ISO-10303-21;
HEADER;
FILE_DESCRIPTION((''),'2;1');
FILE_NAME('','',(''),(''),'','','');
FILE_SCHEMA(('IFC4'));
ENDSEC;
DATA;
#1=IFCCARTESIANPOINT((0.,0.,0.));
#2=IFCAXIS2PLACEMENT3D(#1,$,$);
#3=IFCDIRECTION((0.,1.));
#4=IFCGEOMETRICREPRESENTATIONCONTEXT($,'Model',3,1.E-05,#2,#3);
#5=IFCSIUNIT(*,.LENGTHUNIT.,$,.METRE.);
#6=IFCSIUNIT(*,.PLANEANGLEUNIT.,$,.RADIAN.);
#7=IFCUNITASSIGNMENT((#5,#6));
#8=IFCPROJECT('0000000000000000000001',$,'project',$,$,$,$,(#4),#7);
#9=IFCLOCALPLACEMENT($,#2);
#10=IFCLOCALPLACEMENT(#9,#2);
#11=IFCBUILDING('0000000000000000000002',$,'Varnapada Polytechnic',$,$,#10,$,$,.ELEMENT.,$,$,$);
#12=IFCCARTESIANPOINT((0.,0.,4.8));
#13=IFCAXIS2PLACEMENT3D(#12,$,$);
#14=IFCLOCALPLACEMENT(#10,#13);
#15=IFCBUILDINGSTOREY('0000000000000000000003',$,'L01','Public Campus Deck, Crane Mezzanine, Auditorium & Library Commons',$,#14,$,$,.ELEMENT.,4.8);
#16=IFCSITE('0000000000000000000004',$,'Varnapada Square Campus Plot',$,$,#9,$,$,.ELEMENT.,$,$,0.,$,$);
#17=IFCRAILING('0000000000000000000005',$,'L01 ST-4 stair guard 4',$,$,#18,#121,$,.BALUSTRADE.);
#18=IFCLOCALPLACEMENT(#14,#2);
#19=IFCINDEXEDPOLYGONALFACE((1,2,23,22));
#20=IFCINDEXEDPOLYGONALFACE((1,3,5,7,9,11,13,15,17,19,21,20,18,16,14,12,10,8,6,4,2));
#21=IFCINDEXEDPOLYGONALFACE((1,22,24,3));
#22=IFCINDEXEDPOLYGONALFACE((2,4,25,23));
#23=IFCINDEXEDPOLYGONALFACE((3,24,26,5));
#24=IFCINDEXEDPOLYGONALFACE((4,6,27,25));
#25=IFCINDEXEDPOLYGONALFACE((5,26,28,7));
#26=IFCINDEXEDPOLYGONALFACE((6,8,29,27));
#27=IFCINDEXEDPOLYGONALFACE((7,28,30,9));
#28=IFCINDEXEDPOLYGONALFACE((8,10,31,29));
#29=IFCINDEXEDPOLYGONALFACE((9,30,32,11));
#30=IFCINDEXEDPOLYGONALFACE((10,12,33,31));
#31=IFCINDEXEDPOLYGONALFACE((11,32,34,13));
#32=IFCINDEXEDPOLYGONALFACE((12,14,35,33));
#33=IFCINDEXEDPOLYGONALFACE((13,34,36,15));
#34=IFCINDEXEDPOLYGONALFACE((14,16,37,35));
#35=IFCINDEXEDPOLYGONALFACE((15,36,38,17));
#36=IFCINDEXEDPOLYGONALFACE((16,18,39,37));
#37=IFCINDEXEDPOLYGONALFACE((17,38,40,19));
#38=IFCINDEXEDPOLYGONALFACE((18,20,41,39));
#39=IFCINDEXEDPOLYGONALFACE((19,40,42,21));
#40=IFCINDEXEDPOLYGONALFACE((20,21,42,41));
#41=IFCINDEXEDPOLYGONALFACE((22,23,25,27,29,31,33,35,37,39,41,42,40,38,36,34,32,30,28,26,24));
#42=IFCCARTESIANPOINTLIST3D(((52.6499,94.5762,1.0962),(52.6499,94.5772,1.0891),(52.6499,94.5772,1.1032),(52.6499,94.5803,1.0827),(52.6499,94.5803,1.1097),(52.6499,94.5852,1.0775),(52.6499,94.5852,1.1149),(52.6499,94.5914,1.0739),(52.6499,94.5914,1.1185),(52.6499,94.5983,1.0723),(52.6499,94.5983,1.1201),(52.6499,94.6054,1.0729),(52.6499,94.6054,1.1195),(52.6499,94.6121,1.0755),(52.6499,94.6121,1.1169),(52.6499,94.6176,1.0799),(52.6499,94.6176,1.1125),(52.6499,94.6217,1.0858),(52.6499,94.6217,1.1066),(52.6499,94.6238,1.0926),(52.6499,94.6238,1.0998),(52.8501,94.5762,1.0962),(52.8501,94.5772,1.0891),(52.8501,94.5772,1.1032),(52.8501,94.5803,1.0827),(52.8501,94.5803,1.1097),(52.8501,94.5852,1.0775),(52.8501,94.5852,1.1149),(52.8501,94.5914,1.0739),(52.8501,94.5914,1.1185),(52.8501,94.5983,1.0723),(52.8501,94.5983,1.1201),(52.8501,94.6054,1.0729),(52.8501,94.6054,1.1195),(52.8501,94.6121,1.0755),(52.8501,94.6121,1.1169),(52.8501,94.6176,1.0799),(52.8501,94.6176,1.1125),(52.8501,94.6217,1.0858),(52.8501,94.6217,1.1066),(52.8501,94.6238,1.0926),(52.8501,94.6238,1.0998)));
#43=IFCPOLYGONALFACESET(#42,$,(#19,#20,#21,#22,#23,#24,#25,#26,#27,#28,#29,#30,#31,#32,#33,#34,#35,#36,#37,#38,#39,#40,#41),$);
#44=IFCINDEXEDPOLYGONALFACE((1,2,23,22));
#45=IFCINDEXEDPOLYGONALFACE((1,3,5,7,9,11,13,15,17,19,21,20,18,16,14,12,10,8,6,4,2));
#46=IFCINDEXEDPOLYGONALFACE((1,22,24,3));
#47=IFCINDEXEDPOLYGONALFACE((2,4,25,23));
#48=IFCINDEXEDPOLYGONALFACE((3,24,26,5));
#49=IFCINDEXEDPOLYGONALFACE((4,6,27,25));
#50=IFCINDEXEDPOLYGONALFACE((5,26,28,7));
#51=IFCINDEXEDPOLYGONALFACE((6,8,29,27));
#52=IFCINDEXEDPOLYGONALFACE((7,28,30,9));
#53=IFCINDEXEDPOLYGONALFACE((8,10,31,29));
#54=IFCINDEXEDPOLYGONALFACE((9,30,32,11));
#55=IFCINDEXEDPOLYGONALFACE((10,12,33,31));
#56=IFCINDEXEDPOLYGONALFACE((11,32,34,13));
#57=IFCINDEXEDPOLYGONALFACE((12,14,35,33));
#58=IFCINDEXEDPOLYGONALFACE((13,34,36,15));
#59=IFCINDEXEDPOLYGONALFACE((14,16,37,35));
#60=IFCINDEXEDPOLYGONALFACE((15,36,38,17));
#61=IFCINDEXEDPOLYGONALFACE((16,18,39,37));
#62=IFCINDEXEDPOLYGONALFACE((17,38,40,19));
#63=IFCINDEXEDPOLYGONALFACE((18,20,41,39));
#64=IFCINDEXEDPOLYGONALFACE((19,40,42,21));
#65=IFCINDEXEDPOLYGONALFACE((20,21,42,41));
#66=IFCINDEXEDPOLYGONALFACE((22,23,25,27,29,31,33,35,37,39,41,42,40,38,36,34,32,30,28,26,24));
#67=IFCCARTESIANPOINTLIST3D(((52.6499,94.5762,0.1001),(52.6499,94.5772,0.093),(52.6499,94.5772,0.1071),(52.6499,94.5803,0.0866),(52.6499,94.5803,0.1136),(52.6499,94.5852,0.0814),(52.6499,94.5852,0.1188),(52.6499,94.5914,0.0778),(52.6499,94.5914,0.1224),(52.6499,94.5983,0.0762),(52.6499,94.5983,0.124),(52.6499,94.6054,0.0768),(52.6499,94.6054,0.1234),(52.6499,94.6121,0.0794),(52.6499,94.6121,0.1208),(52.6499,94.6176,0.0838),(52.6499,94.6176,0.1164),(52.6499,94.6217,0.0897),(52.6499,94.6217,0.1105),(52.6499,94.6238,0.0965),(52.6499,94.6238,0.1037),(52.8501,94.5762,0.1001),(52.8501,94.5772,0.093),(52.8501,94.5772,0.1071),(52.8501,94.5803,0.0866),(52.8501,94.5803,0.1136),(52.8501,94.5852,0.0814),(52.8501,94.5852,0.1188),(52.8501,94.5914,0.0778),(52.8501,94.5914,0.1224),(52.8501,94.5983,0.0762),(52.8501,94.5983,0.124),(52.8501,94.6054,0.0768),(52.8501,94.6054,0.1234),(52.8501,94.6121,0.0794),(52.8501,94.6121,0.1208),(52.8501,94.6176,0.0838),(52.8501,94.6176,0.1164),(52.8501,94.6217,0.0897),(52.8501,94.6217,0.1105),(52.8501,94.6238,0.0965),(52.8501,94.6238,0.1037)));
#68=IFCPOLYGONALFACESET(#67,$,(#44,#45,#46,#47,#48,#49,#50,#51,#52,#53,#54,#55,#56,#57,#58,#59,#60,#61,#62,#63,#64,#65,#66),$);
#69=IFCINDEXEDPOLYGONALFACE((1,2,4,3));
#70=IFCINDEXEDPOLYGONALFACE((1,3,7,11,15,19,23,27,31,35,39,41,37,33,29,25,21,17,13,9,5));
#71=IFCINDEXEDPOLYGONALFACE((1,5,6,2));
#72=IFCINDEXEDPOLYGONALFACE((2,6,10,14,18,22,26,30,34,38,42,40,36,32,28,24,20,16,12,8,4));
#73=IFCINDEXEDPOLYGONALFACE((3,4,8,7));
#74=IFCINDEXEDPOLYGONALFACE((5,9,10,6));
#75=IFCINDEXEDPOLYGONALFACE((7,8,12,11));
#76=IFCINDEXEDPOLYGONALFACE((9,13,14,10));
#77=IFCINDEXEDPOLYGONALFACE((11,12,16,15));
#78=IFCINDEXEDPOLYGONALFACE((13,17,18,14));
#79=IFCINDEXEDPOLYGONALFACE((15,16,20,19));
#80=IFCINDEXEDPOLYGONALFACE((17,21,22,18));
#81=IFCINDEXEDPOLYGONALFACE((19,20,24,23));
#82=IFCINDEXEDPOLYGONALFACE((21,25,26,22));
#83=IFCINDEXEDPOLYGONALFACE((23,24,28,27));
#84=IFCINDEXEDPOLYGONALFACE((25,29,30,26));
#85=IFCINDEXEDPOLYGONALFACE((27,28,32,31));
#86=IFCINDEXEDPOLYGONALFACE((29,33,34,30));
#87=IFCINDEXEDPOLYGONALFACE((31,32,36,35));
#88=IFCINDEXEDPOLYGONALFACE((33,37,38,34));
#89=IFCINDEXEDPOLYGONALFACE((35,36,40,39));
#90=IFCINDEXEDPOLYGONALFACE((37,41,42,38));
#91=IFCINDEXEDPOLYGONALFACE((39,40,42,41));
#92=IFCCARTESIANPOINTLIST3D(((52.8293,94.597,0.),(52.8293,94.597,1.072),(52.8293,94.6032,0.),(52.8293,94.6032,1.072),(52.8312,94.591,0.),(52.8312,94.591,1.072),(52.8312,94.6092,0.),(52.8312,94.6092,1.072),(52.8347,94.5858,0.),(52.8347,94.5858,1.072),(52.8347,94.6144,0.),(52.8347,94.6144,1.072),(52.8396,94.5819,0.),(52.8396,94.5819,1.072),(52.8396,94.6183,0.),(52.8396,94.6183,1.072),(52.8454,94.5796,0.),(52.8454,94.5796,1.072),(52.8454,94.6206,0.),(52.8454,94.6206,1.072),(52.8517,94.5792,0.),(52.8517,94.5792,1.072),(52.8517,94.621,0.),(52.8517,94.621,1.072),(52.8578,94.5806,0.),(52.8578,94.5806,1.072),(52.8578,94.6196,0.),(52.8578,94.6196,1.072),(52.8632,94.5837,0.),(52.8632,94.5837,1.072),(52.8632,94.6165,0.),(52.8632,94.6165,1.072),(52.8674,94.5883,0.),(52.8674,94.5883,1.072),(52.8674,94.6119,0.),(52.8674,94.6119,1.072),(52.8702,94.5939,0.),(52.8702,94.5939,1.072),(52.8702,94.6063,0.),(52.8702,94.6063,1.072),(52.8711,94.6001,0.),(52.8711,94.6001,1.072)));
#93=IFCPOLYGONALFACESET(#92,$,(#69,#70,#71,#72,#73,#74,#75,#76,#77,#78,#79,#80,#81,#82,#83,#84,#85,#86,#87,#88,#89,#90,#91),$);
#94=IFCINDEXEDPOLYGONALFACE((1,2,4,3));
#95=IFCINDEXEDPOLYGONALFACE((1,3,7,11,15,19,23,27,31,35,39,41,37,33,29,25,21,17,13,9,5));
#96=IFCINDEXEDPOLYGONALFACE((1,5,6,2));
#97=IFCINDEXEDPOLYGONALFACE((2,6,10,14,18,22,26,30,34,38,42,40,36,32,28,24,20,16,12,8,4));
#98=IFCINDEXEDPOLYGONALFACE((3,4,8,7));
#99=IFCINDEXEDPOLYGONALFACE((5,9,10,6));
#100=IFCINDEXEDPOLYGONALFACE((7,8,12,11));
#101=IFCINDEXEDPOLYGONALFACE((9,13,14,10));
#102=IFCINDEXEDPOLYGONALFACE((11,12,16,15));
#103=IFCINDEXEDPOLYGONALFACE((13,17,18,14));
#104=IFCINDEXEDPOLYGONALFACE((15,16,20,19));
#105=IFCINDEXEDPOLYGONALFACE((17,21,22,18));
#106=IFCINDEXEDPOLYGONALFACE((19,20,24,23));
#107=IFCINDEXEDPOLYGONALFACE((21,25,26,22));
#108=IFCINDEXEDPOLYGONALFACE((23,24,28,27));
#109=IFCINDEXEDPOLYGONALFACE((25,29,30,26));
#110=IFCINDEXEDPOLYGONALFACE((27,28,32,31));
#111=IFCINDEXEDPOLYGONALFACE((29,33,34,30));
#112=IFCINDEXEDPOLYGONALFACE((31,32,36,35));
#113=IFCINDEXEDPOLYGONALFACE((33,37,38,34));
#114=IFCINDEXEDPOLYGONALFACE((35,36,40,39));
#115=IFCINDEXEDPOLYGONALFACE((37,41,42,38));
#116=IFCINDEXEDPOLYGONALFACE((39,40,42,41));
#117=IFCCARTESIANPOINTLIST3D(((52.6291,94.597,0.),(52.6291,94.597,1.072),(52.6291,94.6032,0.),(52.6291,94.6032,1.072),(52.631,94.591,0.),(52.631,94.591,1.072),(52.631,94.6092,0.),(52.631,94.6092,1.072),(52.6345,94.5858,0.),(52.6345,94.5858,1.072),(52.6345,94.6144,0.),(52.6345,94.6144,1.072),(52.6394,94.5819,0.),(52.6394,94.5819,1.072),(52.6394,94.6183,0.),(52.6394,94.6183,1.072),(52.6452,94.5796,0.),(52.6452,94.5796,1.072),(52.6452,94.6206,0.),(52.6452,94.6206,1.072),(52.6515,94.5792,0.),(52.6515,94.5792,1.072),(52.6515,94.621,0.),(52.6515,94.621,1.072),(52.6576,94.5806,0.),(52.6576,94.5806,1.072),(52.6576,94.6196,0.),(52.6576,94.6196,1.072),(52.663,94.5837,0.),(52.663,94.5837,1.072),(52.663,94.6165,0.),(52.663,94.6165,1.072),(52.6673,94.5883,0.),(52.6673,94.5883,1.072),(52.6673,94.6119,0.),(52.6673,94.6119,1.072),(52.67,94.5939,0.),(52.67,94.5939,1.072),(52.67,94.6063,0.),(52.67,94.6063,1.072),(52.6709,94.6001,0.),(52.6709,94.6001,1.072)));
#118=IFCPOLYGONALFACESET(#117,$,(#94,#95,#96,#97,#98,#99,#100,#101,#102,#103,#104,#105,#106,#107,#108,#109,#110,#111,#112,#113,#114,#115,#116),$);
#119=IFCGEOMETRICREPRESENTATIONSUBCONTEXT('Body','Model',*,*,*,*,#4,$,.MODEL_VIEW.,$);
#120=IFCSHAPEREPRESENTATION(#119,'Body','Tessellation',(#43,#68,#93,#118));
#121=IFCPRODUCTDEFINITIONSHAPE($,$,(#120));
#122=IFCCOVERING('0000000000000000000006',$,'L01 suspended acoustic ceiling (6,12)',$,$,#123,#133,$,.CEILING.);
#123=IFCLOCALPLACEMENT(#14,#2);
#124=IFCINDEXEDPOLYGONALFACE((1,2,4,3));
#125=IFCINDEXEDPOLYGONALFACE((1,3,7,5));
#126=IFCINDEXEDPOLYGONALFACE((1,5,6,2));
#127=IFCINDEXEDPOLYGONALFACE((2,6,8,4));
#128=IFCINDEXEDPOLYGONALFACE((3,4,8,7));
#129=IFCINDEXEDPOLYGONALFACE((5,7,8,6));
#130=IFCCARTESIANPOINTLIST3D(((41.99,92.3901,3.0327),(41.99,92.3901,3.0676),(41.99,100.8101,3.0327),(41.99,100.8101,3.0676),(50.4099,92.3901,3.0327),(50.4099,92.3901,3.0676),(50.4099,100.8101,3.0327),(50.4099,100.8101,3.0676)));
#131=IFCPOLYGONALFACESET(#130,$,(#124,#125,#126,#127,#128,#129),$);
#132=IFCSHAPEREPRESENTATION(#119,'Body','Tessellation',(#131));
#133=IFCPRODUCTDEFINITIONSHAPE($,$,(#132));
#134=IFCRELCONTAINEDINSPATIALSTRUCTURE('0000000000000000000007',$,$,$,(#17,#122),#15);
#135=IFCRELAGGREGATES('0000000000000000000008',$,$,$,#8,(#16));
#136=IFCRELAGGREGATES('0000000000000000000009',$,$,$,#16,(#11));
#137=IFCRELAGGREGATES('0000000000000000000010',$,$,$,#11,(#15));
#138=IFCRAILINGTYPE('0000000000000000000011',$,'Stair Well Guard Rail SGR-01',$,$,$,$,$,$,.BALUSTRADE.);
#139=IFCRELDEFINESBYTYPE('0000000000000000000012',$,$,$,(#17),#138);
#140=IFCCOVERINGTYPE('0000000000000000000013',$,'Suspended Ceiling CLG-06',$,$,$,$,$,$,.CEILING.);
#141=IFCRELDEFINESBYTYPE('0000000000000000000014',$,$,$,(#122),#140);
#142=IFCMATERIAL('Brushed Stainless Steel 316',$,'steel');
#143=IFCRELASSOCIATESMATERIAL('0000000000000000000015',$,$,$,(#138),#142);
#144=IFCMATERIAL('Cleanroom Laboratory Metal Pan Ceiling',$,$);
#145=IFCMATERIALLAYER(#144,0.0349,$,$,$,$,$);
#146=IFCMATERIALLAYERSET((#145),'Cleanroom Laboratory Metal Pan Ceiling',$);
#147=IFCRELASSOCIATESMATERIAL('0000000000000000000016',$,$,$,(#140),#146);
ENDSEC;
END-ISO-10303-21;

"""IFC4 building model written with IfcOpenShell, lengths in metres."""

from ifc_helpers import new_model, si_unit, direction, frame, origin, origin_2d, place, context, subcontext, project, spatial, rectangle, circle, extrude, material, layer, layer_set, type_object, element, save


model = new_model("IFC4")

# Units and contexts
model_context = context("Model", 3, precision=1e-05, world=origin(), true_north=direction((0.0, 1.0)))
body_context = subcontext(model_context, "Body", "Model", "MODEL_VIEW")
ifc_project = project(units=[si_unit("LENGTHUNIT", "METRE"), si_unit("PLANEANGLEUNIT", "RADIAN")], contexts=[model_context])

# Site, building, storey
site_placement = place(None, origin())
site = spatial("IfcSite", under=ifc_project, at=site_placement, Name="Varnapada Square Campus Plot", CompositionType="ELEMENT", RefElevation=0.0)
building_placement = place(site_placement, origin())
building = spatial("IfcBuilding", under=site, at=building_placement, Name="Varnapada Polytechnic", CompositionType="ELEMENT")
storey_placement = place(building_placement, frame((0.0, 0.0, 4.8)))
storey = spatial("IfcBuildingStorey", under=building, at=storey_placement, Name="L01", Description="Public Campus Deck, Crane Mezzanine, Auditorium & Library Commons", CompositionType="ELEMENT", Elevation=4.8)

# Shared definitions
ifc_material_1 = material(Name="Brushed Stainless Steel 316", Category="steel")

# Railing
railing_type_1 = type_object("IfcRailingType", Name="Stair Well Guard Rail SGR-01", PredefinedType="BALUSTRADE", material=ifc_material_1)
railing_1_placement = place(storey_placement, frame((52.8501, 94.6001, 0.0)))
element("IfcRailing", 1, at=railing_1_placement, inside=storey, type_object=railing_type_1, Name="L01 ST-4 stair guard 4", PredefinedType="BALUSTRADE", context=body_context, shape_type="SweptSolid", body=[
    extrude(circle(Radius=0.0239, at=origin_2d()), frame((0.0, 0.0, 1.0962), z_axis=(-1.0, 0.0, 0.0), x_axis=(0.0, -1.0, 0.0)), (0.0, 0.0, 1.0), 0.2002),
    extrude(circle(Radius=0.0239, at=origin_2d()), frame((0.0, 0.0, 0.1001), z_axis=(-1.0, 0.0, 0.0), x_axis=(0.0, -1.0, 0.0)), (0.0, 0.0, 1.0), 0.2002),
    extrude(circle(Radius=0.021, at=origin_2d()), origin(), (0.0, 0.0, 1.0), 1.072),
    extrude(circle(Radius=0.021, at=origin_2d()), frame((-0.2002, 0.0, 0.0)), (0.0, 0.0, 1.0), 1.072),
])

# Covering
ifc_material_2 = material(Name="Cleanroom Laboratory Metal Pan Ceiling")
ifc_layer_1 = layer(ifc_material_2, 0.0349)
ifc_layer_set_1 = layer_set([ifc_layer_1], Name="Cleanroom Laboratory Metal Pan Ceiling")
covering_type = type_object("IfcCoveringType", Name="Suspended Ceiling CLG-06", PredefinedType="CEILING", material=ifc_layer_set_1)
covering_placement = place(storey_placement, frame((46.2, 96.6001, 3.0327), z_axis=(0.0, 0.0, 1.0), x_axis=(1.0, 0.0, 0.0)))
element("IfcCovering", 2, at=covering_placement, inside=storey, type_object=covering_type, Name="L01 suspended acoustic ceiling (6,12)", PredefinedType="CEILING", context=body_context, shape_type="SweptSolid", body=[
    extrude(rectangle(XDim=8.4199, YDim=8.4199, at=origin_2d()), origin(), (0.0, 0.0, 1.0), 0.0349),
])

save(model, "model.ifc")
